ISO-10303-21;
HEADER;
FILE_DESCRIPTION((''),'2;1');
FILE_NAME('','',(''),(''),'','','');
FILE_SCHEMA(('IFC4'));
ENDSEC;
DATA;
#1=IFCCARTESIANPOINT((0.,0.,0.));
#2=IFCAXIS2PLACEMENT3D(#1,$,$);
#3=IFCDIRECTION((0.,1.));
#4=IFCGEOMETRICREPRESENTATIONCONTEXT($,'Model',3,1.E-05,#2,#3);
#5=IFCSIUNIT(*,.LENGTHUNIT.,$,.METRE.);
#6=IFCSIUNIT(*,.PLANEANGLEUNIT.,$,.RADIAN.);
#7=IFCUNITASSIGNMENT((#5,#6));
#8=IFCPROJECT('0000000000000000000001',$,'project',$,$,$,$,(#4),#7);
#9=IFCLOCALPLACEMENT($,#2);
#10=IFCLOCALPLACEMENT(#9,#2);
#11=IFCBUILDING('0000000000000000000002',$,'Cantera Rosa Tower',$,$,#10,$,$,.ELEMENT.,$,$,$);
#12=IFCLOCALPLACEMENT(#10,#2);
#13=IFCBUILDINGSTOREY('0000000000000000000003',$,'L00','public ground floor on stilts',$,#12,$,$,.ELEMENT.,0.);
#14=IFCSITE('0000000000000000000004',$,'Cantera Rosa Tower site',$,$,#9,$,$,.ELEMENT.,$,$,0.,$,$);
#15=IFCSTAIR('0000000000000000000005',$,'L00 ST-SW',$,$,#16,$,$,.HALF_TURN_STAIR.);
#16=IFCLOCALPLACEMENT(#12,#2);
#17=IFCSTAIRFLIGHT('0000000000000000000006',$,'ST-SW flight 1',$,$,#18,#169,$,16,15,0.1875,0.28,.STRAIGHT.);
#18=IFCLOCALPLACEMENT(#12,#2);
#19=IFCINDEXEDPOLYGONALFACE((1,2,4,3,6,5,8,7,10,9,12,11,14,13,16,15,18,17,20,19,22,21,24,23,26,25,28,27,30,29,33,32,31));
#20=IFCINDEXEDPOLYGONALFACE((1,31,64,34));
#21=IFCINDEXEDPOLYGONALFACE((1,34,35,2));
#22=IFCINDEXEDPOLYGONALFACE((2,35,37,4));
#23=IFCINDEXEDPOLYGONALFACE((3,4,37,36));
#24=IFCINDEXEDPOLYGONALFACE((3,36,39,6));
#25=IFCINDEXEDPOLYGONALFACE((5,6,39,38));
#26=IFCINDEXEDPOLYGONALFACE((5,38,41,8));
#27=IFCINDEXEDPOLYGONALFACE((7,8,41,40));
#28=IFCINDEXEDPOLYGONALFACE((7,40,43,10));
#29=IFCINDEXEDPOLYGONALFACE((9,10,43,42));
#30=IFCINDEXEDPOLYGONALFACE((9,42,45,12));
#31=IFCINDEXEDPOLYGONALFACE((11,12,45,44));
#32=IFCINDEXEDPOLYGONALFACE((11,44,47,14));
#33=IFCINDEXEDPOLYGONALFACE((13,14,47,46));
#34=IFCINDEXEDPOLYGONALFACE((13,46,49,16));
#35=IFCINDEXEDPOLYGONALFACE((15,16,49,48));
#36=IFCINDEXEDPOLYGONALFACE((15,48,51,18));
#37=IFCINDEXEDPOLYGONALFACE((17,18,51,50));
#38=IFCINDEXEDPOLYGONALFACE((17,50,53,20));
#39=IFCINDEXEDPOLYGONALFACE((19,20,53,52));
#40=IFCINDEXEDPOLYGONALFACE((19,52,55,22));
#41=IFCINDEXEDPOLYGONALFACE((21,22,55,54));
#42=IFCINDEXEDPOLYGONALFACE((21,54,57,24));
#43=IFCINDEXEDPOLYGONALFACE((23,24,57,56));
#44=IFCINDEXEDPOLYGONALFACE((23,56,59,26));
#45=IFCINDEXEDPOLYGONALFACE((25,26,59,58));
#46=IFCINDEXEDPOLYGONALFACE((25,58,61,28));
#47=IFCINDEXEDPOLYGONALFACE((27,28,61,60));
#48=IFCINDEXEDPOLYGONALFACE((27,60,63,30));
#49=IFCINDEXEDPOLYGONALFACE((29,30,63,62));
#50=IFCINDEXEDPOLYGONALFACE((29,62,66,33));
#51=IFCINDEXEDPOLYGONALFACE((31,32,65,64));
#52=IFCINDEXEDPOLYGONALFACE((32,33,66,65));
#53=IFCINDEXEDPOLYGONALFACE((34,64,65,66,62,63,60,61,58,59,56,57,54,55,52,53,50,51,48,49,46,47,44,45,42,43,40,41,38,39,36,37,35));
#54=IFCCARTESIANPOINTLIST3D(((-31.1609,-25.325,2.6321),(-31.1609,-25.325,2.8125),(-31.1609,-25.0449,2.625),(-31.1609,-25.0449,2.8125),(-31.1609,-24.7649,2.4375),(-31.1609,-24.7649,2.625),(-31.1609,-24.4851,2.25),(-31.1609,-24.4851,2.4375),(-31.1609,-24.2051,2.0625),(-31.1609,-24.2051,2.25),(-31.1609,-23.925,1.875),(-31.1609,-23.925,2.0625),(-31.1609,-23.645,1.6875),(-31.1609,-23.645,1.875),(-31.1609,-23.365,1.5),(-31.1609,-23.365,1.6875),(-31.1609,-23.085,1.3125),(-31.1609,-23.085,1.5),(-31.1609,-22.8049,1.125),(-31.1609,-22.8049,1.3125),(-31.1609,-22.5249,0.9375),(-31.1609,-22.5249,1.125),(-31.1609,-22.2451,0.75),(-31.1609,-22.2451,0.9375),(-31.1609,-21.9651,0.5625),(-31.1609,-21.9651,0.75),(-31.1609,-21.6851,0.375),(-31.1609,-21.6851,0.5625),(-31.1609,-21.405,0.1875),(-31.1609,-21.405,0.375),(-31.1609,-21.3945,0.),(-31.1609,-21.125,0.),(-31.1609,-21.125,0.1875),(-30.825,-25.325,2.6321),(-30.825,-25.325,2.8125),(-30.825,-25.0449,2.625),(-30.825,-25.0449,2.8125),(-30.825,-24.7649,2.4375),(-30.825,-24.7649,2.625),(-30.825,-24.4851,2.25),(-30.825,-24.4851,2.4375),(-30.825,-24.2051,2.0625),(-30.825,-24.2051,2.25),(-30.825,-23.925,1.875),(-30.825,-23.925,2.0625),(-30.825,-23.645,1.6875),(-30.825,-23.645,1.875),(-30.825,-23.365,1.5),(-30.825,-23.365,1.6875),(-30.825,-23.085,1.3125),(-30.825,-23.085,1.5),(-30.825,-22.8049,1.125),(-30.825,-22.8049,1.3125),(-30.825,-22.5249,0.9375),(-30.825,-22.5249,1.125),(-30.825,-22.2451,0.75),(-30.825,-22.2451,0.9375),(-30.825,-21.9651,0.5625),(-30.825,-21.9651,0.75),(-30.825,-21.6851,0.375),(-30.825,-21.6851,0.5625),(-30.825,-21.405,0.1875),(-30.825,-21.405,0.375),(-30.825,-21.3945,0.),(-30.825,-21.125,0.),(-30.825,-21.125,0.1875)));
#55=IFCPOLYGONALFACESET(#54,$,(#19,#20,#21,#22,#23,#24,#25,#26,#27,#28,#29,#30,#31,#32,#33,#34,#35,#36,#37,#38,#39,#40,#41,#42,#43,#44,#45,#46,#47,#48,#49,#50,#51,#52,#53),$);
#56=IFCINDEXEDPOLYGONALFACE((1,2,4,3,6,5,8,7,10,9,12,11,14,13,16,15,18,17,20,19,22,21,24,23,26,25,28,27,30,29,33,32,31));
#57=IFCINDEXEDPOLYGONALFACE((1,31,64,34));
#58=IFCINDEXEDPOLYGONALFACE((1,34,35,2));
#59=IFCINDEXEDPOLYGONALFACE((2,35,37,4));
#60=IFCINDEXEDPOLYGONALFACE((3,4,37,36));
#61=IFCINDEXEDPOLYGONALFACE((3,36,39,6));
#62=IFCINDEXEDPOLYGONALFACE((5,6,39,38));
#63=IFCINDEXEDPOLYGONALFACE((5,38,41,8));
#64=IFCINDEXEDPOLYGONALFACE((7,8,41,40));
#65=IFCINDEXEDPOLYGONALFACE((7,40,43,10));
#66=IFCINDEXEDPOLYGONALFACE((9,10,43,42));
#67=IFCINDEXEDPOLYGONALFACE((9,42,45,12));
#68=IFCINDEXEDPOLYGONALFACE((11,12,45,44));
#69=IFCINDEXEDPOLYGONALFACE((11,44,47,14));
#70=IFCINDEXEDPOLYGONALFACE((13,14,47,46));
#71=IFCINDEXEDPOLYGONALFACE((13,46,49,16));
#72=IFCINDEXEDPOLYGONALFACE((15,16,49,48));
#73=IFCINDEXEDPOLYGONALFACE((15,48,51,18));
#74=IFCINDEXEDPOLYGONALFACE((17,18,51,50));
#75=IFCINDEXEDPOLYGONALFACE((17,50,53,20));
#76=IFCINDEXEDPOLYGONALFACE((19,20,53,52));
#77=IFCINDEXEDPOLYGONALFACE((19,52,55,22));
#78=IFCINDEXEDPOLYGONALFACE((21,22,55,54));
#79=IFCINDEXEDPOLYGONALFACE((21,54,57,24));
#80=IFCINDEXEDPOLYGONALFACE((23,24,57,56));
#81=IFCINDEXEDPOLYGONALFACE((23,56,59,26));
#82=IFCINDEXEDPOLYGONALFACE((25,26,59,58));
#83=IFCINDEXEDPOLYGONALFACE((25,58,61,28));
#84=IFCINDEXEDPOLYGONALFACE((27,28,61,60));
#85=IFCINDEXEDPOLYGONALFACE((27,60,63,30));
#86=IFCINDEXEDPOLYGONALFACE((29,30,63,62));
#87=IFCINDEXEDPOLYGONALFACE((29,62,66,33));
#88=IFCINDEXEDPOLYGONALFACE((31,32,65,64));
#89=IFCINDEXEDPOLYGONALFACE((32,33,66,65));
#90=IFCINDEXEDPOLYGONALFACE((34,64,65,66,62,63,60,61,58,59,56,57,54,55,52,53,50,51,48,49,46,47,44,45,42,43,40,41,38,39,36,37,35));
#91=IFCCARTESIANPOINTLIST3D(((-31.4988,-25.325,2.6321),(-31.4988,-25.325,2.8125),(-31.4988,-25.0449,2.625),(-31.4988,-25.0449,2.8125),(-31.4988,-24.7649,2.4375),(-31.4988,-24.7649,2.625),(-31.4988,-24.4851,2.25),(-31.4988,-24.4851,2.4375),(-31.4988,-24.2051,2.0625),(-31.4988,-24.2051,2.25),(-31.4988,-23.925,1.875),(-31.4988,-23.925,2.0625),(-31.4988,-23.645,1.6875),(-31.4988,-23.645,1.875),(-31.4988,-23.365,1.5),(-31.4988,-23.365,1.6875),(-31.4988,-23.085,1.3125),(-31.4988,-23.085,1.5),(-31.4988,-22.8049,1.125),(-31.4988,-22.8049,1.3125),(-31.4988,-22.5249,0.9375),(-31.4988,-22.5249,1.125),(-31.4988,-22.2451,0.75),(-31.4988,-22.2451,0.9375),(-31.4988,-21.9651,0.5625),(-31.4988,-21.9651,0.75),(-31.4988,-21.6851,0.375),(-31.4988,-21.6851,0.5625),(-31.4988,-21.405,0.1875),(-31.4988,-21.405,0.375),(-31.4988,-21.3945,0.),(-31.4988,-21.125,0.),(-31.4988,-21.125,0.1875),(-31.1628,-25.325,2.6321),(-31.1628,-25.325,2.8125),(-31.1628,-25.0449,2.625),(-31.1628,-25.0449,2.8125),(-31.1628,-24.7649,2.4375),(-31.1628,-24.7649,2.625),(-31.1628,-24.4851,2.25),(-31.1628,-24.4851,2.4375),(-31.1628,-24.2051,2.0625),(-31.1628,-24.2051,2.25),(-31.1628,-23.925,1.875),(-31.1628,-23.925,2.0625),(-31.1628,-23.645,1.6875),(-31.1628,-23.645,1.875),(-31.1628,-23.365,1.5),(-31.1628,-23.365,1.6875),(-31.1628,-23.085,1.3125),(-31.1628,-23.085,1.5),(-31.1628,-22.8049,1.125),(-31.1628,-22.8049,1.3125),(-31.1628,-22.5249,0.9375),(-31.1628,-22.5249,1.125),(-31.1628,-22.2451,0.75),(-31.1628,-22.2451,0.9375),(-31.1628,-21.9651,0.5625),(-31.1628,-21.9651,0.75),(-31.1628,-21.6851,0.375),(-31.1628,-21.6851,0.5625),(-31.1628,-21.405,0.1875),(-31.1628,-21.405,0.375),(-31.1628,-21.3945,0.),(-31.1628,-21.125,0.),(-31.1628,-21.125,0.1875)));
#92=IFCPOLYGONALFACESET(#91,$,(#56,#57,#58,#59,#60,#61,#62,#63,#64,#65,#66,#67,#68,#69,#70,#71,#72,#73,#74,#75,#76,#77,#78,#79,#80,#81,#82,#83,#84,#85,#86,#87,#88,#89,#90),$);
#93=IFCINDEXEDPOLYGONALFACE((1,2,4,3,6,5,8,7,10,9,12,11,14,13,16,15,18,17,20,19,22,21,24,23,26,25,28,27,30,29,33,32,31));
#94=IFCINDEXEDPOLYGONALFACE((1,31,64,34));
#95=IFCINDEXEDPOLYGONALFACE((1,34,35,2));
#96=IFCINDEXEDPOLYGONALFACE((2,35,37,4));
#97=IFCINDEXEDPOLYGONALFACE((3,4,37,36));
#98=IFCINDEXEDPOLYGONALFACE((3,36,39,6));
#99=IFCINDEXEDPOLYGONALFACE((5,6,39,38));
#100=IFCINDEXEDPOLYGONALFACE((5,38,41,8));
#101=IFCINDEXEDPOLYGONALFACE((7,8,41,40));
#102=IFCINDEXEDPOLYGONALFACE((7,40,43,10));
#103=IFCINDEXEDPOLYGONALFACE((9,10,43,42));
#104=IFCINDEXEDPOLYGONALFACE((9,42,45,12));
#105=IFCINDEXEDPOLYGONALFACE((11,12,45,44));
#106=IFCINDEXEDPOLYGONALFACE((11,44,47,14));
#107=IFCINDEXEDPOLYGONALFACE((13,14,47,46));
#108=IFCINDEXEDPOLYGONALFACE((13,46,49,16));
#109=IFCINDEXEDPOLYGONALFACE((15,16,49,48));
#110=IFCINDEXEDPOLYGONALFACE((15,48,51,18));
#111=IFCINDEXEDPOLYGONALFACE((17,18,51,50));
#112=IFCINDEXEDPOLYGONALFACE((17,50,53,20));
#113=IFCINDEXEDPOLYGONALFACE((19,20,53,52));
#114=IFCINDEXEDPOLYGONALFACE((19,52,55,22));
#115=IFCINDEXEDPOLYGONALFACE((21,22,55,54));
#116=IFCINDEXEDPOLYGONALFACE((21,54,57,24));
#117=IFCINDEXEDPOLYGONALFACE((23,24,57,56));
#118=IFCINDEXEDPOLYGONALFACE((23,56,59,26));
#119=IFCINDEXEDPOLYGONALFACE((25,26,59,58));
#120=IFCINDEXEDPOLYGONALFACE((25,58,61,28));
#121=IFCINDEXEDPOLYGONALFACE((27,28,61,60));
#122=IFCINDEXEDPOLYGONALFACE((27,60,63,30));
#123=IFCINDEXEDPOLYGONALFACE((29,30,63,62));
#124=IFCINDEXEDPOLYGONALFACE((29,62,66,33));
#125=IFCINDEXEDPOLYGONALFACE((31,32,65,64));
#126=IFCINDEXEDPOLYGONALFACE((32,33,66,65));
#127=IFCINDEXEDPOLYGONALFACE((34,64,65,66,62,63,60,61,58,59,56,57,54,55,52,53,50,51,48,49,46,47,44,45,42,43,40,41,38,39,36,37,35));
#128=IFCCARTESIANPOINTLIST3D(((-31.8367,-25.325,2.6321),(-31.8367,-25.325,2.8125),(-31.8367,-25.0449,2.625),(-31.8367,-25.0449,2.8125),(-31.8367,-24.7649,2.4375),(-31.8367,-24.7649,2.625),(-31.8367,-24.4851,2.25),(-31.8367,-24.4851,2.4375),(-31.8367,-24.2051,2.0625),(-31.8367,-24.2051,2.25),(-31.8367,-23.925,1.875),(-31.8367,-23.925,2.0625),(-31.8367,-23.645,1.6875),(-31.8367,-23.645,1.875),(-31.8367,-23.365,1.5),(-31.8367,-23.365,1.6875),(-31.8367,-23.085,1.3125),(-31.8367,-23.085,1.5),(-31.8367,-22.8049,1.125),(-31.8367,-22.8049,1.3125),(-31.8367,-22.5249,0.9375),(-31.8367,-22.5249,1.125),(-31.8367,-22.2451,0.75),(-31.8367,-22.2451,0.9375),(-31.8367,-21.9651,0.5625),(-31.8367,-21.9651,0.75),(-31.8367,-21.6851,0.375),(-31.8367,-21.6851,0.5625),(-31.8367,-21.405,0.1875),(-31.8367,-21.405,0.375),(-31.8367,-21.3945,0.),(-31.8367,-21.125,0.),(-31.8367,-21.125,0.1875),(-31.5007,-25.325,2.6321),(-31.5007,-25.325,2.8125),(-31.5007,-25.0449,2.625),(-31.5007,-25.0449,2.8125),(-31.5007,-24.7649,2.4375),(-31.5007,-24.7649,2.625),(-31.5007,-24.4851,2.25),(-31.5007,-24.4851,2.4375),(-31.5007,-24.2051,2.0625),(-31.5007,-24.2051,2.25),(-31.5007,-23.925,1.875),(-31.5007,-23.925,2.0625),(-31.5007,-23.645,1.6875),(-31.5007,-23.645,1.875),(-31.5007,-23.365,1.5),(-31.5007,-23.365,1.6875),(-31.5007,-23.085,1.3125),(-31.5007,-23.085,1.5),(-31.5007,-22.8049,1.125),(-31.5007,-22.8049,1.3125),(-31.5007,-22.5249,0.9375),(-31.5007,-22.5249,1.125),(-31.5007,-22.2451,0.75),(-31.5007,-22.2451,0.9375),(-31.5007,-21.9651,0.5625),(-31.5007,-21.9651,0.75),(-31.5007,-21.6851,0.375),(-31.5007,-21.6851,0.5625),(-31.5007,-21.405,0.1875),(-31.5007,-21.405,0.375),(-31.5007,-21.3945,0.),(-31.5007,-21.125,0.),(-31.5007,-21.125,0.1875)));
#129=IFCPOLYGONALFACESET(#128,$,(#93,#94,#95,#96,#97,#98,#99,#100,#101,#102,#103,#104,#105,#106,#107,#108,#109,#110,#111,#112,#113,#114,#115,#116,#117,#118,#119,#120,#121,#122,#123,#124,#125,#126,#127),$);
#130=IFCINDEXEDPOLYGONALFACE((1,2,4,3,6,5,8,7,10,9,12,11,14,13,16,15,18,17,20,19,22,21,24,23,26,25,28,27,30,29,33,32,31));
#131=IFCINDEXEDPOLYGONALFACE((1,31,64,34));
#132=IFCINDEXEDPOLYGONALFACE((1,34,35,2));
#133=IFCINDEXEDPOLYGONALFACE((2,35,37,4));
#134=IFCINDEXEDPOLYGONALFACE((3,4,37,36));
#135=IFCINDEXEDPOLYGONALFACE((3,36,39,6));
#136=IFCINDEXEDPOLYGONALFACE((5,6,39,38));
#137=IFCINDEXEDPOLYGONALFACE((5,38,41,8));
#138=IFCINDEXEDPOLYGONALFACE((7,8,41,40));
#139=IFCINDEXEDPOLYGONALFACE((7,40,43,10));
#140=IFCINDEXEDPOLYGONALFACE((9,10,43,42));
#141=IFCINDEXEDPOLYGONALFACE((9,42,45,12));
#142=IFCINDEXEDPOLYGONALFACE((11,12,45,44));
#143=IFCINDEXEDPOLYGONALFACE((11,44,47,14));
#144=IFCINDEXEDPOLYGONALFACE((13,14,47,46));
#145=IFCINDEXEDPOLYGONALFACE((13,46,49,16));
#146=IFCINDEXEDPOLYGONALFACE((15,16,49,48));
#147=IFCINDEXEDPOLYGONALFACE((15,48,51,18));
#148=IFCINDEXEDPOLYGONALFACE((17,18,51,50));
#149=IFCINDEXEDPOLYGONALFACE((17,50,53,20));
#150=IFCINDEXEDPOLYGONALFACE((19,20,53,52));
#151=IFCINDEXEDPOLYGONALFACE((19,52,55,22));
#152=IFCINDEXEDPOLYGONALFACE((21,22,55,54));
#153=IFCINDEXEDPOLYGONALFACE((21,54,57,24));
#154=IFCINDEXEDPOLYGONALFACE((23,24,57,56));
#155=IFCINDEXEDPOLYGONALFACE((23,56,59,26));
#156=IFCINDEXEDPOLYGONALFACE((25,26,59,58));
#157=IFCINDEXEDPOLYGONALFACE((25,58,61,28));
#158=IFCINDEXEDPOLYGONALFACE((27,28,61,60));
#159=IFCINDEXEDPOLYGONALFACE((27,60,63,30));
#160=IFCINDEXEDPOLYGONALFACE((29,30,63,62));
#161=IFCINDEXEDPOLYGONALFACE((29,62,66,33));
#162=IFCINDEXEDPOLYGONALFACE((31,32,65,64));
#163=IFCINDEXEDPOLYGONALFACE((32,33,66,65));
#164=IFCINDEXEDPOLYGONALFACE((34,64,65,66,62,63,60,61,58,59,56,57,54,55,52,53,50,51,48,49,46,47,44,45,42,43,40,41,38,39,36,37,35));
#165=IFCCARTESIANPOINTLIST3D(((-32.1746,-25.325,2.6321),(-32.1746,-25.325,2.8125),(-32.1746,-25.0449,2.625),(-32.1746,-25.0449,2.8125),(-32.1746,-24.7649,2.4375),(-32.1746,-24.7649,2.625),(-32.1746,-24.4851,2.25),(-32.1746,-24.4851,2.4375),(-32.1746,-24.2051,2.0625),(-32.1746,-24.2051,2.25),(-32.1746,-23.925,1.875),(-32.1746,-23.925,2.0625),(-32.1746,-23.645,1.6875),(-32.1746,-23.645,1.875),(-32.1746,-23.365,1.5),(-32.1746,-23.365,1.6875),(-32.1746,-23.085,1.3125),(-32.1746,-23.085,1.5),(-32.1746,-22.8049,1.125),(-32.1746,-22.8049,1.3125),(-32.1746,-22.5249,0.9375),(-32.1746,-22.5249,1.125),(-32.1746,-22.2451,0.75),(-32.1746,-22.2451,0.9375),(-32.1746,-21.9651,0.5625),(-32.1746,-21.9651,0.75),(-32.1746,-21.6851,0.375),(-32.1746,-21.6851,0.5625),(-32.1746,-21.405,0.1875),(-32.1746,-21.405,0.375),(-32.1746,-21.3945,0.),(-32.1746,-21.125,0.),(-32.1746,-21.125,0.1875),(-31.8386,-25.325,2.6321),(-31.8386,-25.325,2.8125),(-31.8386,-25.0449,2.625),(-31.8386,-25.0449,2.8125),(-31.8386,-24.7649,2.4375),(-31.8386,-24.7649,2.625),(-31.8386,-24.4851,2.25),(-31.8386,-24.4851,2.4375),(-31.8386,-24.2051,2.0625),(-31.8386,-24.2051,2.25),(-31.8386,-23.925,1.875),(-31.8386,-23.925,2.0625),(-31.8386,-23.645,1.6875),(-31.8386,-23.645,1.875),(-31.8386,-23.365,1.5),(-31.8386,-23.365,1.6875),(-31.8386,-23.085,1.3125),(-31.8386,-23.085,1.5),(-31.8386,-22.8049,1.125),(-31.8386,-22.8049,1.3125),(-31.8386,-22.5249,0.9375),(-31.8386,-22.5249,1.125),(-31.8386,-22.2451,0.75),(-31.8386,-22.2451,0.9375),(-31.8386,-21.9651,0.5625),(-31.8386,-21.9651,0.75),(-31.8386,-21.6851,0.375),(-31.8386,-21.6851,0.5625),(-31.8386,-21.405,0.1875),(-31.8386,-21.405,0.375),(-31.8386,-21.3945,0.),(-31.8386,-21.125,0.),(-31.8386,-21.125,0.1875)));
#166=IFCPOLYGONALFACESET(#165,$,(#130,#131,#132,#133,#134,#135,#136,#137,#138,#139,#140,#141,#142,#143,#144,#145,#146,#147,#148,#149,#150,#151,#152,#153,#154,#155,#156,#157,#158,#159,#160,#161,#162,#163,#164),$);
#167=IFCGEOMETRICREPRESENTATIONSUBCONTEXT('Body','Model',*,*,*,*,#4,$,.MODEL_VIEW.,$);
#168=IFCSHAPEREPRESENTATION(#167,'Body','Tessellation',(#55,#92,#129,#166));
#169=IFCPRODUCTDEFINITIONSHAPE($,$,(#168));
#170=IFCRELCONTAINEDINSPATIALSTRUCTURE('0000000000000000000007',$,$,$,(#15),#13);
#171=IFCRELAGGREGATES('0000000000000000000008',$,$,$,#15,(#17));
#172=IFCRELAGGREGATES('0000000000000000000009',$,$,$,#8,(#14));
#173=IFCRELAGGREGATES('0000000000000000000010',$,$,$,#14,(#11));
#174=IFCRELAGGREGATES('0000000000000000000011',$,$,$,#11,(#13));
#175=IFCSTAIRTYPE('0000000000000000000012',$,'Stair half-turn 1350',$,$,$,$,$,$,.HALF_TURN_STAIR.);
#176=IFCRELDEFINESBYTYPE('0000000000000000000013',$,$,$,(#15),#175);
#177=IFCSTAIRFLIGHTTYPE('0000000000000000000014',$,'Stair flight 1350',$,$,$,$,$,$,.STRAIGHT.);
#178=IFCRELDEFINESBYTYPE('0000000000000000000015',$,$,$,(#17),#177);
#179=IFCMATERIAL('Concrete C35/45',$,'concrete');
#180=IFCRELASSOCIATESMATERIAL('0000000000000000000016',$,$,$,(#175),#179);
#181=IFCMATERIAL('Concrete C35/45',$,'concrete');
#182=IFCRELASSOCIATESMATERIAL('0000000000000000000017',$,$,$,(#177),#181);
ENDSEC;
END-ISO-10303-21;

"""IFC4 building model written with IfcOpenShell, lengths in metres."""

from ifc_helpers import new_model, si_unit, direction, frame, origin, place, context, subcontext, project, spatial, polyline, outline, extrude, material, type_object, element, aggregate, save


model = new_model("IFC4")

# Units and contexts
model_context = context("Model", 3, precision=1e-05, world=origin(), true_north=direction((0.0, 1.0)))
body_context = subcontext(model_context, "Body", "Model", "MODEL_VIEW")
ifc_project = project(units=[si_unit("LENGTHUNIT", "METRE"), si_unit("PLANEANGLEUNIT", "RADIAN")], contexts=[model_context])

# Site, building, storey
site_placement = place(None, origin())
site = spatial("IfcSite", under=ifc_project, at=site_placement, Name="Cantera Rosa Tower site", CompositionType="ELEMENT", RefElevation=0.0)
building_placement = place(site_placement, origin())
building = spatial("IfcBuilding", under=site, at=building_placement, Name="Cantera Rosa Tower", CompositionType="ELEMENT")
storey_placement = place(building_placement, origin())
storey = spatial("IfcBuildingStorey", under=building, at=storey_placement, Name="L00", Description="public ground floor on stilts", CompositionType="ELEMENT", Elevation=0.0)

# Stair, stair flight
ifc_material_1 = material(Name="Concrete C35/45", Category="concrete")
stair_type = type_object("IfcStairType", Name="Stair half-turn 1350", PredefinedType="HALF_TURN_STAIR", material=ifc_material_1)
stair_placement = place(storey_placement, origin())
stair = element("IfcStair", 1, at=stair_placement, inside=storey, type_object=stair_type, Name="L00 ST-SW", PredefinedType="HALF_TURN_STAIR")
ifc_material_2 = material(Name="Concrete C35/45", Category="concrete")
stair_flight_type = type_object("IfcStairFlightType", Name="Stair flight 1350", PredefinedType="STRAIGHT", material=ifc_material_2)
stair_flight_1_placement = place(storey_placement, frame((-31.5, -21.125, 0.0), z_axis=(0.0, 0.0, 1.0), x_axis=(0.0, -1.0, 0.0)))
stair_flight_1 = element("IfcStairFlight", 2, at=stair_flight_1_placement, type_object=stair_flight_type, Name="ST-SW flight 1", NumberOfRisers=16, NumberOfTreads=15, PredefinedType="STRAIGHT", RiserHeight=0.1875, TreadLength=0.28, context=body_context, shape_type="SweptSolid", body=[
    extrude(outline(polyline([(0.0, 0.0), (0.0, 0.1875), (0.28, 0.1875), (0.28, 0.375), (0.5601, 0.375), (0.5601, 0.5625), (0.8401, 0.5625), (0.8401, 0.75), (1.1201, 0.75), (1.1201, 0.9375), (1.3999, 0.9375), (1.3999, 1.125), (1.6799, 1.125), (1.6799, 1.3125), (1.96, 1.3125), (1.96, 1.5), (2.24, 1.5), (2.24, 1.6875), (2.52, 1.6875), (2.52, 1.875), (2.8, 1.875), (2.8, 2.0625), (3.0801, 2.0625), (3.0801, 2.25), (3.3601, 2.25), (3.3601, 2.4375), (3.6399, 2.4375), (3.6399, 2.625), (3.9199, 2.625), (3.9199, 2.8125), (4.2, 2.8125), (4.2, 3.0), (4.2, 2.6321), (0.2695, 0.0), (0.0, 0.0)])), frame((0.0, 0.675, 0.0), z_axis=(0.0, -1.0, 0.0), x_axis=(1.0, 0.0, 0.0)), (0.0, 0.0, 1.0), 0.3359),
    extrude(outline(polyline([(0.0, 0.0), (0.0, 0.1875), (0.28, 0.1875), (0.28, 0.375), (0.5601, 0.375), (0.5601, 0.5625), (0.8401, 0.5625), (0.8401, 0.75), (1.1201, 0.75), (1.1201, 0.9375), (1.3999, 0.9375), (1.3999, 1.125), (1.6799, 1.125), (1.6799, 1.3125), (1.96, 1.3125), (1.96, 1.5), (2.24, 1.5), (2.24, 1.6875), (2.52, 1.6875), (2.52, 1.875), (2.8, 1.875), (2.8, 2.0625), (3.0801, 2.0625), (3.0801, 2.25), (3.3601, 2.25), (3.3601, 2.4375), (3.6399, 2.4375), (3.6399, 2.625), (3.9199, 2.625), (3.9199, 2.8125), (4.2, 2.8125), (4.2, 3.0), (4.2, 2.6321), (0.2695, 0.0), (0.0, 0.0)])), frame((0.0, 0.3372, 0.0), z_axis=(0.0, -1.0, 0.0), x_axis=(1.0, 0.0, 0.0)), (0.0, 0.0, 1.0), 0.3359),
    extrude(outline(polyline([(0.0, 0.0), (0.0, 0.1875), (0.28, 0.1875), (0.28, 0.375), (0.5601, 0.375), (0.5601, 0.5625), (0.8401, 0.5625), (0.8401, 0.75), (1.1201, 0.75), (1.1201, 0.9375), (1.3999, 0.9375), (1.3999, 1.125), (1.6799, 1.125), (1.6799, 1.3125), (1.96, 1.3125), (1.96, 1.5), (2.24, 1.5), (2.24, 1.6875), (2.52, 1.6875), (2.52, 1.875), (2.8, 1.875), (2.8, 2.0625), (3.0801, 2.0625), (3.0801, 2.25), (3.3601, 2.25), (3.3601, 2.4375), (3.6399, 2.4375), (3.6399, 2.625), (3.9199, 2.625), (3.9199, 2.8125), (4.2, 2.8125), (4.2, 3.0), (4.2, 2.6321), (0.2695, 0.0), (0.0, 0.0)])), frame((0.0, -0.0007, 0.0), z_axis=(0.0, -1.0, 0.0), x_axis=(1.0, 0.0, 0.0)), (0.0, 0.0, 1.0), 0.3359),
    extrude(outline(polyline([(0.0, 0.0), (0.0, 0.1875), (0.28, 0.1875), (0.28, 0.375), (0.5601, 0.375), (0.5601, 0.5625), (0.8401, 0.5625), (0.8401, 0.75), (1.1201, 0.75), (1.1201, 0.9375), (1.3999, 0.9375), (1.3999, 1.125), (1.6799, 1.125), (1.6799, 1.3125), (1.96, 1.3125), (1.96, 1.5), (2.24, 1.5), (2.24, 1.6875), (2.52, 1.6875), (2.52, 1.875), (2.8, 1.875), (2.8, 2.0625), (3.0801, 2.0625), (3.0801, 2.25), (3.3601, 2.25), (3.3601, 2.4375), (3.6399, 2.4375), (3.6399, 2.625), (3.9199, 2.625), (3.9199, 2.8125), (4.2, 2.8125), (4.2, 3.0), (4.2, 2.6321), (0.2695, 0.0), (0.0, 0.0)])), frame((0.0, -0.3386, 0.0), z_axis=(0.0, -1.0, 0.0), x_axis=(1.0, 0.0, 0.0)), (0.0, 0.0, 1.0), 0.3359),
])
aggregate(stair, [stair_flight_1])

save(model, "model.ifc")
